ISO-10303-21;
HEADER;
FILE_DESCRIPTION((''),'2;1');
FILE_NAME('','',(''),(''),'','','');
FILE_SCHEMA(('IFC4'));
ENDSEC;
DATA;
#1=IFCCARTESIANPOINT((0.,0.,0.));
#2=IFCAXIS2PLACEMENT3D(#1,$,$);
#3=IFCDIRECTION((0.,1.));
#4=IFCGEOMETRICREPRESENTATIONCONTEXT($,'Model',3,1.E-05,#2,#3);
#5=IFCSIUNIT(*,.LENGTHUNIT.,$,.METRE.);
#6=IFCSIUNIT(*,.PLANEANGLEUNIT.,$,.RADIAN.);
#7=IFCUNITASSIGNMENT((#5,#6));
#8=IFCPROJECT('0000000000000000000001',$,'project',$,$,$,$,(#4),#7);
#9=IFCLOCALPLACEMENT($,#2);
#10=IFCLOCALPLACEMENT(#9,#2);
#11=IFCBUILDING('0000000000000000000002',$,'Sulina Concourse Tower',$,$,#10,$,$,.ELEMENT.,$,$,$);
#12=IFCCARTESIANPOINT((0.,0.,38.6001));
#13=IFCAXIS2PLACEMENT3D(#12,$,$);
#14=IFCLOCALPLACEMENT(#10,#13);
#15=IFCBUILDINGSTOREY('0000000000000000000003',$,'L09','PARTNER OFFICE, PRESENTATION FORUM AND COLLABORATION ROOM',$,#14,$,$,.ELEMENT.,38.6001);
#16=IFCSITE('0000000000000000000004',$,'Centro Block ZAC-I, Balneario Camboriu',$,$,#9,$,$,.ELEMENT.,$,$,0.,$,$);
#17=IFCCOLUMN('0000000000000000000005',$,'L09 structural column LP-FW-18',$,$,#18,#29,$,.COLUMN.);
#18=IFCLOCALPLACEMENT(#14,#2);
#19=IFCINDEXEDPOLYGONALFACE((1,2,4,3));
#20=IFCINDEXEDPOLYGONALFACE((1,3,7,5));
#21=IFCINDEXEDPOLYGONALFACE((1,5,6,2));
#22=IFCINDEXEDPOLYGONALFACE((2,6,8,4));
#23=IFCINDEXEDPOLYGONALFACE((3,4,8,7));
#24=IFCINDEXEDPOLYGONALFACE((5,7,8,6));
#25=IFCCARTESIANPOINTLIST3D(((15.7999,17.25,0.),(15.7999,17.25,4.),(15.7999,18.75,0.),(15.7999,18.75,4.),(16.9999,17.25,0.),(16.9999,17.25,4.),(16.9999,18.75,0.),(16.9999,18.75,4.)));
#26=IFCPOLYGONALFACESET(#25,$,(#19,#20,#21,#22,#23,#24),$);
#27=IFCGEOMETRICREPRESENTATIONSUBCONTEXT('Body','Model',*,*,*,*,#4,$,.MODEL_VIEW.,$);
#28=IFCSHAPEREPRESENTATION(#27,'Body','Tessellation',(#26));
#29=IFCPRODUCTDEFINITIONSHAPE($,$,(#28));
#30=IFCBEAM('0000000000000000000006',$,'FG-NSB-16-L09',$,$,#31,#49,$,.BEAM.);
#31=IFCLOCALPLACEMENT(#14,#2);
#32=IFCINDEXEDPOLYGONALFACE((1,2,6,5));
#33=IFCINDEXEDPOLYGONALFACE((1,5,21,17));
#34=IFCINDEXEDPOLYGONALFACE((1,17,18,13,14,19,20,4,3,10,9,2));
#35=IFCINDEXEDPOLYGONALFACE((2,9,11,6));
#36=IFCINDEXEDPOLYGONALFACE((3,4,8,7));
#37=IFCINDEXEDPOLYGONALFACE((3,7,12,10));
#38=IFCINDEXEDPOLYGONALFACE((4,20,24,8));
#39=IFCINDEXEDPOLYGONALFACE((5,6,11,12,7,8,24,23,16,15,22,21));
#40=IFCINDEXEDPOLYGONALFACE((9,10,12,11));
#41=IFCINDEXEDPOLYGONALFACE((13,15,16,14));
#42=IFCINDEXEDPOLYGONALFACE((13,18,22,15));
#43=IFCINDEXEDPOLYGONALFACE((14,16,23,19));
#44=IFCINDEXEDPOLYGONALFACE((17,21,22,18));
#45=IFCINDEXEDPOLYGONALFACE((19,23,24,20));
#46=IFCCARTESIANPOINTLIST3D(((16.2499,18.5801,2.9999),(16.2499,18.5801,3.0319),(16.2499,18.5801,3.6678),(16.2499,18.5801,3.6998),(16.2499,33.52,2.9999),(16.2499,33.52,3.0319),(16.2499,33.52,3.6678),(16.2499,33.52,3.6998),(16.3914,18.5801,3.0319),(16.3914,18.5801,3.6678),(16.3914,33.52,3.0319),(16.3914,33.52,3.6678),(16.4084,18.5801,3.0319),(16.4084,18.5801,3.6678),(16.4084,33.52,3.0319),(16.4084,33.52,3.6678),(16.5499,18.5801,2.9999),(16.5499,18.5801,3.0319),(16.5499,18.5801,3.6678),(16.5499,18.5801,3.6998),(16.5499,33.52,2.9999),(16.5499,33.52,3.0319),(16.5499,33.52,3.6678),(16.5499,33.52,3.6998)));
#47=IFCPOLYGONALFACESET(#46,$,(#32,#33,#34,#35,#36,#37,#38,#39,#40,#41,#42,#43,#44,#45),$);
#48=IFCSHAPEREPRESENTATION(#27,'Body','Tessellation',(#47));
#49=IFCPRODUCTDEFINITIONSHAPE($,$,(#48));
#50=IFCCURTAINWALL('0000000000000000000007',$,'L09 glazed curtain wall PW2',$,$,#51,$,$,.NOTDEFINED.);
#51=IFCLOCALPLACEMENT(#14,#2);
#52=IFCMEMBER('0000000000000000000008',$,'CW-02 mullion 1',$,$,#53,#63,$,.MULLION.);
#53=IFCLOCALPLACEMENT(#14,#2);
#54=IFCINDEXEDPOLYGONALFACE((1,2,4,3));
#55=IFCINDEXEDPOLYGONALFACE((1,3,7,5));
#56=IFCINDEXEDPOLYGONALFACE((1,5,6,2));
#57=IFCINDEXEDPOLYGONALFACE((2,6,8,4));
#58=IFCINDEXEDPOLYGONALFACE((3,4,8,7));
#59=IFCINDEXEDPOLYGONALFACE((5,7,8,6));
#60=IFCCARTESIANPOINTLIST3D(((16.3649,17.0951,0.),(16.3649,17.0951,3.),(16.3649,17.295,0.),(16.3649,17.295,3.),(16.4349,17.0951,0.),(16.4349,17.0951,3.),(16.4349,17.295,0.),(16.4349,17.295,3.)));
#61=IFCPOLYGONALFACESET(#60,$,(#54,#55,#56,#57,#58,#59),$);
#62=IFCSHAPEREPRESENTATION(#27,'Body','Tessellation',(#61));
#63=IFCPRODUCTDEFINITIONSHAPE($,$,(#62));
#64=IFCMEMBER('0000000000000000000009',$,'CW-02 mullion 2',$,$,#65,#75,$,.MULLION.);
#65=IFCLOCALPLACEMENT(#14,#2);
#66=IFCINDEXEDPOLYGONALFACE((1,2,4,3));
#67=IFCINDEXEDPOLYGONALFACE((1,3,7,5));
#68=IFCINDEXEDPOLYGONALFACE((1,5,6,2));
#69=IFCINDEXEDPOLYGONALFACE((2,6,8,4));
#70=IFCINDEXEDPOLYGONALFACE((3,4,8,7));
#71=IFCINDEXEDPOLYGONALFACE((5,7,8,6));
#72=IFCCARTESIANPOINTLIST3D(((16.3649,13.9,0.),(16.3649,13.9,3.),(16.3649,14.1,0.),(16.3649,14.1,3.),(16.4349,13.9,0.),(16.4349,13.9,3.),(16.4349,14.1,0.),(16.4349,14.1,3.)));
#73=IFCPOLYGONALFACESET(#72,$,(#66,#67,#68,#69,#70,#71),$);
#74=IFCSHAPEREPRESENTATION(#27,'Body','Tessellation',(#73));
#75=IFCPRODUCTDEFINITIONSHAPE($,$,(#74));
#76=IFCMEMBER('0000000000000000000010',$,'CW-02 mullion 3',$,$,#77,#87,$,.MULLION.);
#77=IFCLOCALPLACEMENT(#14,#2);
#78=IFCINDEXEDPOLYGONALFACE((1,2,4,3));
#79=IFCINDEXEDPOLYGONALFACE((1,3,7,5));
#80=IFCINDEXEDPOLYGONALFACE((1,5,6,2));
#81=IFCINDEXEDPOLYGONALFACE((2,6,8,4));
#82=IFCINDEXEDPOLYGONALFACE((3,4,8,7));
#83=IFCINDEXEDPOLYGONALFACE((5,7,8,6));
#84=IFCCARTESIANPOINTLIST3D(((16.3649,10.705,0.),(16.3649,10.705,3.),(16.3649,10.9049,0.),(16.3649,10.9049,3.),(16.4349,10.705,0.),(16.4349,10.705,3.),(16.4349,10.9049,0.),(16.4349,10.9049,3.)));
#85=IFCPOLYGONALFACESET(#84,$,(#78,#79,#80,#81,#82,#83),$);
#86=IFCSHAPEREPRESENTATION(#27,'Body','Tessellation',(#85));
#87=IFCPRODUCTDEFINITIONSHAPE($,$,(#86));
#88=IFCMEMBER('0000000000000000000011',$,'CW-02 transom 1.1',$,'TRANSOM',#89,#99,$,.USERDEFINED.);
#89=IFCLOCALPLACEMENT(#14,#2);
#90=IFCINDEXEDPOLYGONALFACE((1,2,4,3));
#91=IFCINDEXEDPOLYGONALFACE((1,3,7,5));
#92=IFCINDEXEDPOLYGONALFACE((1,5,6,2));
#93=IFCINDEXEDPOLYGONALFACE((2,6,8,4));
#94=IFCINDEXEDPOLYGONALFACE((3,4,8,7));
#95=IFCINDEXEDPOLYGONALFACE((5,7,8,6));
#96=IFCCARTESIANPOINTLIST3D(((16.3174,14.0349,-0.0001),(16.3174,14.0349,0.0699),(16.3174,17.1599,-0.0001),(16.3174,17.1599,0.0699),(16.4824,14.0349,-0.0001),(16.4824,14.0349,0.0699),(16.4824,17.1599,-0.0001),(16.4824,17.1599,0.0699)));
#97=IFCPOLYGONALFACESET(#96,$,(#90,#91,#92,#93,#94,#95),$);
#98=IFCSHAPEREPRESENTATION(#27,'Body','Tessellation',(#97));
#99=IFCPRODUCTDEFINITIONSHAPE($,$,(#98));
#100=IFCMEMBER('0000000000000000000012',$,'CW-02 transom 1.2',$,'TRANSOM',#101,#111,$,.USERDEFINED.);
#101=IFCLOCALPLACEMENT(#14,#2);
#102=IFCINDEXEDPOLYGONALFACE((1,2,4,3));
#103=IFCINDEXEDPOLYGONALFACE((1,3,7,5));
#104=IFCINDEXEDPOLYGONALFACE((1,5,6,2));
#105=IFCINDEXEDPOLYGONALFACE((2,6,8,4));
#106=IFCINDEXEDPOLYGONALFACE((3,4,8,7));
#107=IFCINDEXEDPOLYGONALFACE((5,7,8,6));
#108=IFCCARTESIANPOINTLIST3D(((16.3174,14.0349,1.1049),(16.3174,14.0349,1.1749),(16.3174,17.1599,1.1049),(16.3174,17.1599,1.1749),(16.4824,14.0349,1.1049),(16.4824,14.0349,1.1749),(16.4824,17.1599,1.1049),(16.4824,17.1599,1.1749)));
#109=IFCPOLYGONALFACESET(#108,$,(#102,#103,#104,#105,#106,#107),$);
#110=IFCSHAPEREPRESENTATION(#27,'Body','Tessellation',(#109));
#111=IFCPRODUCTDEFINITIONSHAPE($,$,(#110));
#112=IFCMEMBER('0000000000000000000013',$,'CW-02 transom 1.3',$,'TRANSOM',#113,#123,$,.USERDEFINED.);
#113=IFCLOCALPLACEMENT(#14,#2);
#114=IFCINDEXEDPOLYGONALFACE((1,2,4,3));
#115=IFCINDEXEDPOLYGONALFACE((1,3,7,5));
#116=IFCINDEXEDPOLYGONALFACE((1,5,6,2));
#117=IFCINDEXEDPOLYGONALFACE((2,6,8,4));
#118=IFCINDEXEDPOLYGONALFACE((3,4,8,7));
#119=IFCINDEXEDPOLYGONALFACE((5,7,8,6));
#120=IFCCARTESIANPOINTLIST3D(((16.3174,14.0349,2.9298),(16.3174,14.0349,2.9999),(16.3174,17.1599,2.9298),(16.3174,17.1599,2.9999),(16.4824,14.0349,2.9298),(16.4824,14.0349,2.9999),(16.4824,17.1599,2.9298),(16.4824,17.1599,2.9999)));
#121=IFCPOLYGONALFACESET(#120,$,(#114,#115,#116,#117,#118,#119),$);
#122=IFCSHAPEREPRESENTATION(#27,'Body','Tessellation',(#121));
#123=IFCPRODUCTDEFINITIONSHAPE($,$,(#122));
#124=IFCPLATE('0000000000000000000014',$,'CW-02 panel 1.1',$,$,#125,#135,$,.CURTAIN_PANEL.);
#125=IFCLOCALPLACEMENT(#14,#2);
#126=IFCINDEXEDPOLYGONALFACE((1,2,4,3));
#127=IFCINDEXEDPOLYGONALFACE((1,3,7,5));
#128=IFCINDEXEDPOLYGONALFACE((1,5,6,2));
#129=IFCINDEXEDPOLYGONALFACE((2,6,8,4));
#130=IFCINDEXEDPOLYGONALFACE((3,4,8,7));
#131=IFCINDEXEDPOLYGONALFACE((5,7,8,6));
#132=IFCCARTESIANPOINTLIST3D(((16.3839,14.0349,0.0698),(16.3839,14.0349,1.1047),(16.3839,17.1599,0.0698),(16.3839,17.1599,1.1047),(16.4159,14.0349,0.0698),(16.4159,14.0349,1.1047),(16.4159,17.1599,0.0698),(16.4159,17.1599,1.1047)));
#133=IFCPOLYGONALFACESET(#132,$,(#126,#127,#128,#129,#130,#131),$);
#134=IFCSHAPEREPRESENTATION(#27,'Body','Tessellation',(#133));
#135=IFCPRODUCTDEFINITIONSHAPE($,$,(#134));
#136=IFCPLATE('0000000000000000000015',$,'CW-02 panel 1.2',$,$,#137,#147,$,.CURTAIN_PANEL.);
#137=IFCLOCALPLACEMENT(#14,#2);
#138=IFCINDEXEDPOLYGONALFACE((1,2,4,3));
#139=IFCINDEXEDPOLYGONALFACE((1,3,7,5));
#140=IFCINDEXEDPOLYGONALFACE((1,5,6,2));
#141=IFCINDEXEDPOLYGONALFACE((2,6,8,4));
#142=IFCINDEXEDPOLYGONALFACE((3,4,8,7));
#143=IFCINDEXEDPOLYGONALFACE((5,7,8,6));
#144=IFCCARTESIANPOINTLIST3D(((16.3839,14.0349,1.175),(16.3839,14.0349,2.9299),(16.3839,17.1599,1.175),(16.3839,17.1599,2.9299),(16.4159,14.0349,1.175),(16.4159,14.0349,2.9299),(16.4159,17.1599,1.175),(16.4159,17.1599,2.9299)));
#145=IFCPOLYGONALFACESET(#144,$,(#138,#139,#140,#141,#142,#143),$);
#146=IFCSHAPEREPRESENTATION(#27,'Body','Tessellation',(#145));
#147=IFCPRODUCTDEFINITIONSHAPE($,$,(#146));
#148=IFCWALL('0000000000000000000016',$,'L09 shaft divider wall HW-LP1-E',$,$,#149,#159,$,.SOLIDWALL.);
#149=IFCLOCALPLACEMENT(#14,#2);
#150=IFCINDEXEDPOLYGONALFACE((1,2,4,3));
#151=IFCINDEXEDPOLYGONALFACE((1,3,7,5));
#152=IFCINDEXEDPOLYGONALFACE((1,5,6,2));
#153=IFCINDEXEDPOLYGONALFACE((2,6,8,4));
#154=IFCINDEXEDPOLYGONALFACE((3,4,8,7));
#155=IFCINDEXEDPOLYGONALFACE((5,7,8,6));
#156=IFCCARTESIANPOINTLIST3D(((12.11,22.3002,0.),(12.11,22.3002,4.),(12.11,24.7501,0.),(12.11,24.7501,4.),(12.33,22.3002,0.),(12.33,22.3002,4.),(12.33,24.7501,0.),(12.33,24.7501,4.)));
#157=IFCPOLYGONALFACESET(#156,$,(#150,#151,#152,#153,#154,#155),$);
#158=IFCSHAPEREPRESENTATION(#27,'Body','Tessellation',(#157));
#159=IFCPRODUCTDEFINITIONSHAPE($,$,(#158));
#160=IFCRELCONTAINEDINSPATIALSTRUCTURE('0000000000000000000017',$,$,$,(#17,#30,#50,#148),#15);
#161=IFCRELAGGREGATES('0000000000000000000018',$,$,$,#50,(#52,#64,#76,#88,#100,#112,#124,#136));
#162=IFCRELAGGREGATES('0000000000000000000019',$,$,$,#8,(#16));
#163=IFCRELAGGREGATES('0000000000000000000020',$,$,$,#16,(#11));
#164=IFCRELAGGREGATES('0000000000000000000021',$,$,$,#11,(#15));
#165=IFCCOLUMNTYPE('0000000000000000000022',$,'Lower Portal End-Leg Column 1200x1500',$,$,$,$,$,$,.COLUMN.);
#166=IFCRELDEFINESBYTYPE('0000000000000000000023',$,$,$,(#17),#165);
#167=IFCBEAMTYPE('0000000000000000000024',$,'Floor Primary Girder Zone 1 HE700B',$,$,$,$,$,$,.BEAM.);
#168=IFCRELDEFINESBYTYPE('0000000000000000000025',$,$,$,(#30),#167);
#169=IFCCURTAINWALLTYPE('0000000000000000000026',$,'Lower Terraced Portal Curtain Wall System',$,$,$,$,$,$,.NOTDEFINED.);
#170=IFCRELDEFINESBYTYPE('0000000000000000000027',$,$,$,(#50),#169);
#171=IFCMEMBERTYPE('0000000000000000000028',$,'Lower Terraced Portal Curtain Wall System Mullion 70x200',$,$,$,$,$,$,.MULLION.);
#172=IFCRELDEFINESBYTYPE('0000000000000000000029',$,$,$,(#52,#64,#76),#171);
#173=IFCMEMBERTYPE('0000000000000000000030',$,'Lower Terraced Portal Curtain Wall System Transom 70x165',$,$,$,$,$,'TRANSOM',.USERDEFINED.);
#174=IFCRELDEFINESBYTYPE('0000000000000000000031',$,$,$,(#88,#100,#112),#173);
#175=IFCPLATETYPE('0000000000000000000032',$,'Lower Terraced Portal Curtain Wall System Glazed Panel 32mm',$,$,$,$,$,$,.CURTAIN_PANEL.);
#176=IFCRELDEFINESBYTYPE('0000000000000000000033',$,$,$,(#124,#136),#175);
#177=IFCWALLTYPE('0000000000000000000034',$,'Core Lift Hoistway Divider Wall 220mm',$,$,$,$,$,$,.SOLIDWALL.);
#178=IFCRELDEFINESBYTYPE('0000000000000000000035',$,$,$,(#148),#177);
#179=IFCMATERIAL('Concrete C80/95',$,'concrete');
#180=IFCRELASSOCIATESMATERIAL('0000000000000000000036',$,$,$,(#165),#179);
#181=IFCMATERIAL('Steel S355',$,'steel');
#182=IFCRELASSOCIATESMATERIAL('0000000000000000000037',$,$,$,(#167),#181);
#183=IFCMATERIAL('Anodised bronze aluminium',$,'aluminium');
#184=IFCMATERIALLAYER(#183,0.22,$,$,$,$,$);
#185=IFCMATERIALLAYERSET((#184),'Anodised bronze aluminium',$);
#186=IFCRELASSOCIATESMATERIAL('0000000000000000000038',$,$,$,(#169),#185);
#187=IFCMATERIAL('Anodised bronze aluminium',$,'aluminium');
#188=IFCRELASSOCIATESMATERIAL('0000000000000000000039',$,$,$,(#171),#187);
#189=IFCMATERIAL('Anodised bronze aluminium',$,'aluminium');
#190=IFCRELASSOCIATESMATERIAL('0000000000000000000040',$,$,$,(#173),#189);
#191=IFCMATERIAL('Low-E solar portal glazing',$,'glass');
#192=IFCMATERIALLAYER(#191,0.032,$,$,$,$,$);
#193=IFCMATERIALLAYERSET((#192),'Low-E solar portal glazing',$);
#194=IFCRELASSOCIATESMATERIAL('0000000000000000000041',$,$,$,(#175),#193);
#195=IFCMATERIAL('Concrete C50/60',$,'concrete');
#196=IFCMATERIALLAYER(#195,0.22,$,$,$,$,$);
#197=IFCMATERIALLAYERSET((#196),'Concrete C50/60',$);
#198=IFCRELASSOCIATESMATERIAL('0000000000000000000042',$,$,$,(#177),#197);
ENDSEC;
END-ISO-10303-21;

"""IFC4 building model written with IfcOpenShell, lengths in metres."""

from ifc_helpers import new_model, si_unit, direction, frame, frame_2d, origin, origin_2d, place, context, subcontext, project, spatial, rectangle, i_section, extrude, material, layer, layer_set, material_profile, profile_set, type_object, element, aggregate, save


model = new_model("IFC4")

# Units and contexts
model_context = context("Model", 3, precision=1e-05, world=origin(), true_north=direction((0.0, 1.0)))
body_context = subcontext(model_context, "Body", "Model", "MODEL_VIEW")
ifc_project = project(units=[si_unit("LENGTHUNIT", "METRE"), si_unit("PLANEANGLEUNIT", "RADIAN")], contexts=[model_context])

# Site, building, storey
site_placement = place(None, origin())
site = spatial("IfcSite", under=ifc_project, at=site_placement, Name="Centro Block ZAC-I, Balneario Camboriu", CompositionType="ELEMENT", RefElevation=0.0)
building_placement = place(site_placement, origin())
building = spatial("IfcBuilding", under=site, at=building_placement, Name="Sulina Concourse Tower", CompositionType="ELEMENT")
storey_placement = place(building_placement, frame((0.0, 0.0, 38.6001)))
storey = spatial("IfcBuildingStorey", under=building, at=storey_placement, Name="L09", Description="PARTNER OFFICE, PRESENTATION FORUM AND COLLABORATION ROOM", CompositionType="ELEMENT", Elevation=38.6001)

# Column
ifc_material_1 = material(Name="Concrete C80/95", Category="concrete")
ifc_material_profile_1 = material_profile(ifc_material_1, rectangle(XDim=1.2, YDim=1.5, at=origin_2d()), Name="RC 1200x1500")
ifc_profile_set_1 = profile_set([ifc_material_profile_1], Name="Concrete C80/95")
column_type = type_object("IfcColumnType", Name="Lower Portal End-Leg Column 1200x1500", PredefinedType="COLUMN", material=ifc_profile_set_1)
column_placement = place(storey_placement, frame((16.3999, 18.0, 0.0), z_axis=(0.0, 0.0, 1.0), x_axis=(1.0, 0.0, 0.0)))
element("IfcColumn", 1, at=column_placement, inside=storey, type_object=column_type, Name="L09 structural column LP-FW-18", PredefinedType="COLUMN", context=body_context, shape_type="SweptSolid", body=[
    extrude(rectangle(XDim=1.2, YDim=1.5, at=origin_2d()), origin(), (0.0, 0.0, 1.0), 4.0),
])

# Beam
ifc_material_2 = material(Name="Steel S355", Category="steel")
ifc_material_profile_2 = material_profile(ifc_material_2, i_section(OverallWidth=0.3, OverallDepth=0.7, WebThickness=0.0171, FlangeThickness=0.032, at=origin_2d()), Name="HE 700 B")
ifc_profile_set_2 = profile_set([ifc_material_profile_2], Name="Steel S355")
beam_type = type_object("IfcBeamType", Name="Floor Primary Girder Zone 1 HE700B", PredefinedType="BEAM", material=ifc_profile_set_2)
beam_placement = place(storey_placement, frame((16.3999, 18.5801, 3.3499), z_axis=(0.0, 1.0, 0.0), x_axis=(-1.0, 0.0, 0.0)))
element("IfcBeam", 2, at=beam_placement, inside=storey, type_object=beam_type, Name="FG-NSB-16-L09", PredefinedType="BEAM", context=body_context, shape_type="SweptSolid", body=[
    extrude(i_section(OverallWidth=0.3, OverallDepth=0.7, WebThickness=0.0171, FlangeThickness=0.032, at=origin_2d()), origin(), (0.0, 0.0, 1.0), 14.9399),
])

# Curtain wall, members, plates
ifc_material_3 = material(Name="Anodised bronze aluminium", Category="aluminium")
ifc_layer_1 = layer(ifc_material_3, 0.22)
ifc_layer_set_1 = layer_set([ifc_layer_1], Name="Anodised bronze aluminium")
curtain_wall_type = type_object("IfcCurtainWallType", Name="Lower Terraced Portal Curtain Wall System", PredefinedType="NOTDEFINED", material=ifc_layer_set_1)
curtain_wall_placement = place(storey_placement, origin())
curtain_wall = element("IfcCurtainWall", 3, at=curtain_wall_placement, inside=storey, type_object=curtain_wall_type, Name="L09 glazed curtain wall PW2", PredefinedType="NOTDEFINED")
ifc_material_4 = material(Name="Anodised bronze aluminium", Category="aluminium")
ifc_material_profile_3 = material_profile(ifc_material_4, rectangle(XDim=0.0701, YDim=0.2, at=origin_2d()), Name="MUL 70x200")
ifc_profile_set_3 = profile_set([ifc_material_profile_3], Name="Anodised bronze aluminium")
member_type_1 = type_object("IfcMemberType", Name="Lower Terraced Portal Curtain Wall System Mullion 70x200", PredefinedType="MULLION", material=ifc_profile_set_3)
member_1_placement = place(storey_placement, frame((16.3999, 17.1951, 0.0), z_axis=(0.0, 0.0, 1.0), x_axis=(1.0, 0.0, 0.0)))
member_1 = element("IfcMember", 4, at=member_1_placement, type_object=member_type_1, Name="CW-02 mullion 1", PredefinedType="MULLION", context=body_context, shape_type="SweptSolid", body=[
    extrude(rectangle(XDim=0.0701, YDim=0.2, at=origin_2d()), origin(), (0.0, 0.0, 1.0), 3.0),
])
member_2_placement = place(storey_placement, frame((16.3999, 14.0, 0.0), z_axis=(0.0, 0.0, 1.0), x_axis=(1.0, 0.0, 0.0)))
member_2 = element("IfcMember", 5, at=member_2_placement, type_object=member_type_1, Name="CW-02 mullion 2", PredefinedType="MULLION", context=body_context, shape_type="SweptSolid", body=[
    extrude(rectangle(XDim=0.0701, YDim=0.2, at=origin_2d()), origin(), (0.0, 0.0, 1.0), 3.0),
])
member_3_placement = place(storey_placement, frame((16.3999, 10.8049, 0.0), z_axis=(0.0, 0.0, 1.0), x_axis=(1.0, 0.0, 0.0)))
member_3 = element("IfcMember", 6, at=member_3_placement, type_object=member_type_1, Name="CW-02 mullion 3", PredefinedType="MULLION", context=body_context, shape_type="SweptSolid", body=[
    extrude(rectangle(XDim=0.0701, YDim=0.2, at=origin_2d()), origin(), (0.0, 0.0, 1.0), 3.0),
])
ifc_material_5 = material(Name="Anodised bronze aluminium", Category="aluminium")
ifc_material_profile_4 = material_profile(ifc_material_5, rectangle(XDim=0.165, YDim=0.0701, at=origin_2d()), Name="TRN 70x165")
ifc_profile_set_4 = profile_set([ifc_material_profile_4], Name="Anodised bronze aluminium")
member_type_2 = type_object("IfcMemberType", Name="Lower Terraced Portal Curtain Wall System Transom 70x165", ElementType="TRANSOM", PredefinedType="USERDEFINED", material=ifc_profile_set_4)
member_4_placement = place(storey_placement, frame((16.3999, 17.1599, 0.0349), z_axis=(0.0, -1.0, 0.0), x_axis=(1.0, 0.0, 0.0)))
member_4 = element("IfcMember", 7, at=member_4_placement, type_object=member_type_2, Name="CW-02 transom 1.1", ObjectType="TRANSOM", PredefinedType="USERDEFINED", context=body_context, shape_type="SweptSolid", body=[
    extrude(rectangle(XDim=0.165, YDim=0.0701, at=origin_2d()), origin(), (0.0, 0.0, 1.0), 3.125),
])
member_5_placement = place(storey_placement, frame((16.3999, 17.1599, 1.1399), z_axis=(0.0, -1.0, 0.0), x_axis=(1.0, 0.0, 0.0)))
member_5 = element("IfcMember", 8, at=member_5_placement, type_object=member_type_2, Name="CW-02 transom 1.2", ObjectType="TRANSOM", PredefinedType="USERDEFINED", context=body_context, shape_type="SweptSolid", body=[
    extrude(rectangle(XDim=0.165, YDim=0.0701, at=origin_2d()), origin(), (0.0, 0.0, 1.0), 3.125),
])
member_6_placement = place(storey_placement, frame((16.3999, 17.1599, 2.9648), z_axis=(0.0, -1.0, 0.0), x_axis=(1.0, 0.0, 0.0)))
member_6 = element("IfcMember", 9, at=member_6_placement, type_object=member_type_2, Name="CW-02 transom 1.3", ObjectType="TRANSOM", PredefinedType="USERDEFINED", context=body_context, shape_type="SweptSolid", body=[
    extrude(rectangle(XDim=0.165, YDim=0.0701, at=origin_2d()), origin(), (0.0, 0.0, 1.0), 3.125),
])
ifc_material_6 = material(Name="Low-E solar portal glazing", Category="glass")
ifc_layer_2 = layer(ifc_material_6, 0.032)
ifc_layer_set_2 = layer_set([ifc_layer_2], Name="Low-E solar portal glazing")
plate_type = type_object("IfcPlateType", Name="Lower Terraced Portal Curtain Wall System Glazed Panel 32mm", PredefinedType="CURTAIN_PANEL", material=ifc_layer_set_2)
plate_1_placement = place(storey_placement, frame((16.3999, 15.5974, 0.0698), z_axis=(0.0, 0.0, 1.0), x_axis=(0.0, -1.0, 0.0)))
plate_1 = element("IfcPlate", 10, at=plate_1_placement, type_object=plate_type, Name="CW-02 panel 1.1", PredefinedType="CURTAIN_PANEL", context=body_context, shape_type="SweptSolid", body=[
    extrude(rectangle(XDim=3.125, YDim=0.032, at=origin_2d()), origin(), (0.0, 0.0, 1.0), 1.0349),
])
plate_2_placement = place(storey_placement, frame((16.3999, 15.5974, 1.175), z_axis=(0.0, 0.0, 1.0), x_axis=(0.0, -1.0, 0.0)))
plate_2 = element("IfcPlate", 11, at=plate_2_placement, type_object=plate_type, Name="CW-02 panel 1.2", PredefinedType="CURTAIN_PANEL", context=body_context, shape_type="SweptSolid", body=[
    extrude(rectangle(XDim=3.125, YDim=0.032, at=origin_2d()), origin(), (0.0, 0.0, 1.0), 1.7549),
])
aggregate(curtain_wall, [member_1, member_2, member_3, member_4, member_5, member_6, plate_1, plate_2])

# Wall
ifc_material_7 = material(Name="Concrete C50/60", Category="concrete")
ifc_layer_3 = layer(ifc_material_7, 0.22)
ifc_layer_set_3 = layer_set([ifc_layer_3], Name="Concrete C50/60")
wall_type_1 = type_object("IfcWallType", Name="Core Lift Hoistway Divider Wall 220mm", PredefinedType="SOLIDWALL", material=ifc_layer_set_3)
wall_1_placement = place(storey_placement, frame((12.22, 22.3, 0.0), z_axis=(0.0, 0.0, 1.0), x_axis=(0.0, 1.0, 0.0)))
element("IfcWall", 12, at=wall_1_placement, inside=storey, type_object=wall_type_1, Name="L09 shaft divider wall HW-LP1-E", PredefinedType="SOLIDWALL", context=body_context, shape_type="SweptSolid", body=[
    extrude(rectangle(XDim=2.45, YDim=0.22, at=frame_2d((1.2251, 0.0))), origin(), (0.0, 0.0, 1.0), 4.0),
])

save(model, "model.ifc")
